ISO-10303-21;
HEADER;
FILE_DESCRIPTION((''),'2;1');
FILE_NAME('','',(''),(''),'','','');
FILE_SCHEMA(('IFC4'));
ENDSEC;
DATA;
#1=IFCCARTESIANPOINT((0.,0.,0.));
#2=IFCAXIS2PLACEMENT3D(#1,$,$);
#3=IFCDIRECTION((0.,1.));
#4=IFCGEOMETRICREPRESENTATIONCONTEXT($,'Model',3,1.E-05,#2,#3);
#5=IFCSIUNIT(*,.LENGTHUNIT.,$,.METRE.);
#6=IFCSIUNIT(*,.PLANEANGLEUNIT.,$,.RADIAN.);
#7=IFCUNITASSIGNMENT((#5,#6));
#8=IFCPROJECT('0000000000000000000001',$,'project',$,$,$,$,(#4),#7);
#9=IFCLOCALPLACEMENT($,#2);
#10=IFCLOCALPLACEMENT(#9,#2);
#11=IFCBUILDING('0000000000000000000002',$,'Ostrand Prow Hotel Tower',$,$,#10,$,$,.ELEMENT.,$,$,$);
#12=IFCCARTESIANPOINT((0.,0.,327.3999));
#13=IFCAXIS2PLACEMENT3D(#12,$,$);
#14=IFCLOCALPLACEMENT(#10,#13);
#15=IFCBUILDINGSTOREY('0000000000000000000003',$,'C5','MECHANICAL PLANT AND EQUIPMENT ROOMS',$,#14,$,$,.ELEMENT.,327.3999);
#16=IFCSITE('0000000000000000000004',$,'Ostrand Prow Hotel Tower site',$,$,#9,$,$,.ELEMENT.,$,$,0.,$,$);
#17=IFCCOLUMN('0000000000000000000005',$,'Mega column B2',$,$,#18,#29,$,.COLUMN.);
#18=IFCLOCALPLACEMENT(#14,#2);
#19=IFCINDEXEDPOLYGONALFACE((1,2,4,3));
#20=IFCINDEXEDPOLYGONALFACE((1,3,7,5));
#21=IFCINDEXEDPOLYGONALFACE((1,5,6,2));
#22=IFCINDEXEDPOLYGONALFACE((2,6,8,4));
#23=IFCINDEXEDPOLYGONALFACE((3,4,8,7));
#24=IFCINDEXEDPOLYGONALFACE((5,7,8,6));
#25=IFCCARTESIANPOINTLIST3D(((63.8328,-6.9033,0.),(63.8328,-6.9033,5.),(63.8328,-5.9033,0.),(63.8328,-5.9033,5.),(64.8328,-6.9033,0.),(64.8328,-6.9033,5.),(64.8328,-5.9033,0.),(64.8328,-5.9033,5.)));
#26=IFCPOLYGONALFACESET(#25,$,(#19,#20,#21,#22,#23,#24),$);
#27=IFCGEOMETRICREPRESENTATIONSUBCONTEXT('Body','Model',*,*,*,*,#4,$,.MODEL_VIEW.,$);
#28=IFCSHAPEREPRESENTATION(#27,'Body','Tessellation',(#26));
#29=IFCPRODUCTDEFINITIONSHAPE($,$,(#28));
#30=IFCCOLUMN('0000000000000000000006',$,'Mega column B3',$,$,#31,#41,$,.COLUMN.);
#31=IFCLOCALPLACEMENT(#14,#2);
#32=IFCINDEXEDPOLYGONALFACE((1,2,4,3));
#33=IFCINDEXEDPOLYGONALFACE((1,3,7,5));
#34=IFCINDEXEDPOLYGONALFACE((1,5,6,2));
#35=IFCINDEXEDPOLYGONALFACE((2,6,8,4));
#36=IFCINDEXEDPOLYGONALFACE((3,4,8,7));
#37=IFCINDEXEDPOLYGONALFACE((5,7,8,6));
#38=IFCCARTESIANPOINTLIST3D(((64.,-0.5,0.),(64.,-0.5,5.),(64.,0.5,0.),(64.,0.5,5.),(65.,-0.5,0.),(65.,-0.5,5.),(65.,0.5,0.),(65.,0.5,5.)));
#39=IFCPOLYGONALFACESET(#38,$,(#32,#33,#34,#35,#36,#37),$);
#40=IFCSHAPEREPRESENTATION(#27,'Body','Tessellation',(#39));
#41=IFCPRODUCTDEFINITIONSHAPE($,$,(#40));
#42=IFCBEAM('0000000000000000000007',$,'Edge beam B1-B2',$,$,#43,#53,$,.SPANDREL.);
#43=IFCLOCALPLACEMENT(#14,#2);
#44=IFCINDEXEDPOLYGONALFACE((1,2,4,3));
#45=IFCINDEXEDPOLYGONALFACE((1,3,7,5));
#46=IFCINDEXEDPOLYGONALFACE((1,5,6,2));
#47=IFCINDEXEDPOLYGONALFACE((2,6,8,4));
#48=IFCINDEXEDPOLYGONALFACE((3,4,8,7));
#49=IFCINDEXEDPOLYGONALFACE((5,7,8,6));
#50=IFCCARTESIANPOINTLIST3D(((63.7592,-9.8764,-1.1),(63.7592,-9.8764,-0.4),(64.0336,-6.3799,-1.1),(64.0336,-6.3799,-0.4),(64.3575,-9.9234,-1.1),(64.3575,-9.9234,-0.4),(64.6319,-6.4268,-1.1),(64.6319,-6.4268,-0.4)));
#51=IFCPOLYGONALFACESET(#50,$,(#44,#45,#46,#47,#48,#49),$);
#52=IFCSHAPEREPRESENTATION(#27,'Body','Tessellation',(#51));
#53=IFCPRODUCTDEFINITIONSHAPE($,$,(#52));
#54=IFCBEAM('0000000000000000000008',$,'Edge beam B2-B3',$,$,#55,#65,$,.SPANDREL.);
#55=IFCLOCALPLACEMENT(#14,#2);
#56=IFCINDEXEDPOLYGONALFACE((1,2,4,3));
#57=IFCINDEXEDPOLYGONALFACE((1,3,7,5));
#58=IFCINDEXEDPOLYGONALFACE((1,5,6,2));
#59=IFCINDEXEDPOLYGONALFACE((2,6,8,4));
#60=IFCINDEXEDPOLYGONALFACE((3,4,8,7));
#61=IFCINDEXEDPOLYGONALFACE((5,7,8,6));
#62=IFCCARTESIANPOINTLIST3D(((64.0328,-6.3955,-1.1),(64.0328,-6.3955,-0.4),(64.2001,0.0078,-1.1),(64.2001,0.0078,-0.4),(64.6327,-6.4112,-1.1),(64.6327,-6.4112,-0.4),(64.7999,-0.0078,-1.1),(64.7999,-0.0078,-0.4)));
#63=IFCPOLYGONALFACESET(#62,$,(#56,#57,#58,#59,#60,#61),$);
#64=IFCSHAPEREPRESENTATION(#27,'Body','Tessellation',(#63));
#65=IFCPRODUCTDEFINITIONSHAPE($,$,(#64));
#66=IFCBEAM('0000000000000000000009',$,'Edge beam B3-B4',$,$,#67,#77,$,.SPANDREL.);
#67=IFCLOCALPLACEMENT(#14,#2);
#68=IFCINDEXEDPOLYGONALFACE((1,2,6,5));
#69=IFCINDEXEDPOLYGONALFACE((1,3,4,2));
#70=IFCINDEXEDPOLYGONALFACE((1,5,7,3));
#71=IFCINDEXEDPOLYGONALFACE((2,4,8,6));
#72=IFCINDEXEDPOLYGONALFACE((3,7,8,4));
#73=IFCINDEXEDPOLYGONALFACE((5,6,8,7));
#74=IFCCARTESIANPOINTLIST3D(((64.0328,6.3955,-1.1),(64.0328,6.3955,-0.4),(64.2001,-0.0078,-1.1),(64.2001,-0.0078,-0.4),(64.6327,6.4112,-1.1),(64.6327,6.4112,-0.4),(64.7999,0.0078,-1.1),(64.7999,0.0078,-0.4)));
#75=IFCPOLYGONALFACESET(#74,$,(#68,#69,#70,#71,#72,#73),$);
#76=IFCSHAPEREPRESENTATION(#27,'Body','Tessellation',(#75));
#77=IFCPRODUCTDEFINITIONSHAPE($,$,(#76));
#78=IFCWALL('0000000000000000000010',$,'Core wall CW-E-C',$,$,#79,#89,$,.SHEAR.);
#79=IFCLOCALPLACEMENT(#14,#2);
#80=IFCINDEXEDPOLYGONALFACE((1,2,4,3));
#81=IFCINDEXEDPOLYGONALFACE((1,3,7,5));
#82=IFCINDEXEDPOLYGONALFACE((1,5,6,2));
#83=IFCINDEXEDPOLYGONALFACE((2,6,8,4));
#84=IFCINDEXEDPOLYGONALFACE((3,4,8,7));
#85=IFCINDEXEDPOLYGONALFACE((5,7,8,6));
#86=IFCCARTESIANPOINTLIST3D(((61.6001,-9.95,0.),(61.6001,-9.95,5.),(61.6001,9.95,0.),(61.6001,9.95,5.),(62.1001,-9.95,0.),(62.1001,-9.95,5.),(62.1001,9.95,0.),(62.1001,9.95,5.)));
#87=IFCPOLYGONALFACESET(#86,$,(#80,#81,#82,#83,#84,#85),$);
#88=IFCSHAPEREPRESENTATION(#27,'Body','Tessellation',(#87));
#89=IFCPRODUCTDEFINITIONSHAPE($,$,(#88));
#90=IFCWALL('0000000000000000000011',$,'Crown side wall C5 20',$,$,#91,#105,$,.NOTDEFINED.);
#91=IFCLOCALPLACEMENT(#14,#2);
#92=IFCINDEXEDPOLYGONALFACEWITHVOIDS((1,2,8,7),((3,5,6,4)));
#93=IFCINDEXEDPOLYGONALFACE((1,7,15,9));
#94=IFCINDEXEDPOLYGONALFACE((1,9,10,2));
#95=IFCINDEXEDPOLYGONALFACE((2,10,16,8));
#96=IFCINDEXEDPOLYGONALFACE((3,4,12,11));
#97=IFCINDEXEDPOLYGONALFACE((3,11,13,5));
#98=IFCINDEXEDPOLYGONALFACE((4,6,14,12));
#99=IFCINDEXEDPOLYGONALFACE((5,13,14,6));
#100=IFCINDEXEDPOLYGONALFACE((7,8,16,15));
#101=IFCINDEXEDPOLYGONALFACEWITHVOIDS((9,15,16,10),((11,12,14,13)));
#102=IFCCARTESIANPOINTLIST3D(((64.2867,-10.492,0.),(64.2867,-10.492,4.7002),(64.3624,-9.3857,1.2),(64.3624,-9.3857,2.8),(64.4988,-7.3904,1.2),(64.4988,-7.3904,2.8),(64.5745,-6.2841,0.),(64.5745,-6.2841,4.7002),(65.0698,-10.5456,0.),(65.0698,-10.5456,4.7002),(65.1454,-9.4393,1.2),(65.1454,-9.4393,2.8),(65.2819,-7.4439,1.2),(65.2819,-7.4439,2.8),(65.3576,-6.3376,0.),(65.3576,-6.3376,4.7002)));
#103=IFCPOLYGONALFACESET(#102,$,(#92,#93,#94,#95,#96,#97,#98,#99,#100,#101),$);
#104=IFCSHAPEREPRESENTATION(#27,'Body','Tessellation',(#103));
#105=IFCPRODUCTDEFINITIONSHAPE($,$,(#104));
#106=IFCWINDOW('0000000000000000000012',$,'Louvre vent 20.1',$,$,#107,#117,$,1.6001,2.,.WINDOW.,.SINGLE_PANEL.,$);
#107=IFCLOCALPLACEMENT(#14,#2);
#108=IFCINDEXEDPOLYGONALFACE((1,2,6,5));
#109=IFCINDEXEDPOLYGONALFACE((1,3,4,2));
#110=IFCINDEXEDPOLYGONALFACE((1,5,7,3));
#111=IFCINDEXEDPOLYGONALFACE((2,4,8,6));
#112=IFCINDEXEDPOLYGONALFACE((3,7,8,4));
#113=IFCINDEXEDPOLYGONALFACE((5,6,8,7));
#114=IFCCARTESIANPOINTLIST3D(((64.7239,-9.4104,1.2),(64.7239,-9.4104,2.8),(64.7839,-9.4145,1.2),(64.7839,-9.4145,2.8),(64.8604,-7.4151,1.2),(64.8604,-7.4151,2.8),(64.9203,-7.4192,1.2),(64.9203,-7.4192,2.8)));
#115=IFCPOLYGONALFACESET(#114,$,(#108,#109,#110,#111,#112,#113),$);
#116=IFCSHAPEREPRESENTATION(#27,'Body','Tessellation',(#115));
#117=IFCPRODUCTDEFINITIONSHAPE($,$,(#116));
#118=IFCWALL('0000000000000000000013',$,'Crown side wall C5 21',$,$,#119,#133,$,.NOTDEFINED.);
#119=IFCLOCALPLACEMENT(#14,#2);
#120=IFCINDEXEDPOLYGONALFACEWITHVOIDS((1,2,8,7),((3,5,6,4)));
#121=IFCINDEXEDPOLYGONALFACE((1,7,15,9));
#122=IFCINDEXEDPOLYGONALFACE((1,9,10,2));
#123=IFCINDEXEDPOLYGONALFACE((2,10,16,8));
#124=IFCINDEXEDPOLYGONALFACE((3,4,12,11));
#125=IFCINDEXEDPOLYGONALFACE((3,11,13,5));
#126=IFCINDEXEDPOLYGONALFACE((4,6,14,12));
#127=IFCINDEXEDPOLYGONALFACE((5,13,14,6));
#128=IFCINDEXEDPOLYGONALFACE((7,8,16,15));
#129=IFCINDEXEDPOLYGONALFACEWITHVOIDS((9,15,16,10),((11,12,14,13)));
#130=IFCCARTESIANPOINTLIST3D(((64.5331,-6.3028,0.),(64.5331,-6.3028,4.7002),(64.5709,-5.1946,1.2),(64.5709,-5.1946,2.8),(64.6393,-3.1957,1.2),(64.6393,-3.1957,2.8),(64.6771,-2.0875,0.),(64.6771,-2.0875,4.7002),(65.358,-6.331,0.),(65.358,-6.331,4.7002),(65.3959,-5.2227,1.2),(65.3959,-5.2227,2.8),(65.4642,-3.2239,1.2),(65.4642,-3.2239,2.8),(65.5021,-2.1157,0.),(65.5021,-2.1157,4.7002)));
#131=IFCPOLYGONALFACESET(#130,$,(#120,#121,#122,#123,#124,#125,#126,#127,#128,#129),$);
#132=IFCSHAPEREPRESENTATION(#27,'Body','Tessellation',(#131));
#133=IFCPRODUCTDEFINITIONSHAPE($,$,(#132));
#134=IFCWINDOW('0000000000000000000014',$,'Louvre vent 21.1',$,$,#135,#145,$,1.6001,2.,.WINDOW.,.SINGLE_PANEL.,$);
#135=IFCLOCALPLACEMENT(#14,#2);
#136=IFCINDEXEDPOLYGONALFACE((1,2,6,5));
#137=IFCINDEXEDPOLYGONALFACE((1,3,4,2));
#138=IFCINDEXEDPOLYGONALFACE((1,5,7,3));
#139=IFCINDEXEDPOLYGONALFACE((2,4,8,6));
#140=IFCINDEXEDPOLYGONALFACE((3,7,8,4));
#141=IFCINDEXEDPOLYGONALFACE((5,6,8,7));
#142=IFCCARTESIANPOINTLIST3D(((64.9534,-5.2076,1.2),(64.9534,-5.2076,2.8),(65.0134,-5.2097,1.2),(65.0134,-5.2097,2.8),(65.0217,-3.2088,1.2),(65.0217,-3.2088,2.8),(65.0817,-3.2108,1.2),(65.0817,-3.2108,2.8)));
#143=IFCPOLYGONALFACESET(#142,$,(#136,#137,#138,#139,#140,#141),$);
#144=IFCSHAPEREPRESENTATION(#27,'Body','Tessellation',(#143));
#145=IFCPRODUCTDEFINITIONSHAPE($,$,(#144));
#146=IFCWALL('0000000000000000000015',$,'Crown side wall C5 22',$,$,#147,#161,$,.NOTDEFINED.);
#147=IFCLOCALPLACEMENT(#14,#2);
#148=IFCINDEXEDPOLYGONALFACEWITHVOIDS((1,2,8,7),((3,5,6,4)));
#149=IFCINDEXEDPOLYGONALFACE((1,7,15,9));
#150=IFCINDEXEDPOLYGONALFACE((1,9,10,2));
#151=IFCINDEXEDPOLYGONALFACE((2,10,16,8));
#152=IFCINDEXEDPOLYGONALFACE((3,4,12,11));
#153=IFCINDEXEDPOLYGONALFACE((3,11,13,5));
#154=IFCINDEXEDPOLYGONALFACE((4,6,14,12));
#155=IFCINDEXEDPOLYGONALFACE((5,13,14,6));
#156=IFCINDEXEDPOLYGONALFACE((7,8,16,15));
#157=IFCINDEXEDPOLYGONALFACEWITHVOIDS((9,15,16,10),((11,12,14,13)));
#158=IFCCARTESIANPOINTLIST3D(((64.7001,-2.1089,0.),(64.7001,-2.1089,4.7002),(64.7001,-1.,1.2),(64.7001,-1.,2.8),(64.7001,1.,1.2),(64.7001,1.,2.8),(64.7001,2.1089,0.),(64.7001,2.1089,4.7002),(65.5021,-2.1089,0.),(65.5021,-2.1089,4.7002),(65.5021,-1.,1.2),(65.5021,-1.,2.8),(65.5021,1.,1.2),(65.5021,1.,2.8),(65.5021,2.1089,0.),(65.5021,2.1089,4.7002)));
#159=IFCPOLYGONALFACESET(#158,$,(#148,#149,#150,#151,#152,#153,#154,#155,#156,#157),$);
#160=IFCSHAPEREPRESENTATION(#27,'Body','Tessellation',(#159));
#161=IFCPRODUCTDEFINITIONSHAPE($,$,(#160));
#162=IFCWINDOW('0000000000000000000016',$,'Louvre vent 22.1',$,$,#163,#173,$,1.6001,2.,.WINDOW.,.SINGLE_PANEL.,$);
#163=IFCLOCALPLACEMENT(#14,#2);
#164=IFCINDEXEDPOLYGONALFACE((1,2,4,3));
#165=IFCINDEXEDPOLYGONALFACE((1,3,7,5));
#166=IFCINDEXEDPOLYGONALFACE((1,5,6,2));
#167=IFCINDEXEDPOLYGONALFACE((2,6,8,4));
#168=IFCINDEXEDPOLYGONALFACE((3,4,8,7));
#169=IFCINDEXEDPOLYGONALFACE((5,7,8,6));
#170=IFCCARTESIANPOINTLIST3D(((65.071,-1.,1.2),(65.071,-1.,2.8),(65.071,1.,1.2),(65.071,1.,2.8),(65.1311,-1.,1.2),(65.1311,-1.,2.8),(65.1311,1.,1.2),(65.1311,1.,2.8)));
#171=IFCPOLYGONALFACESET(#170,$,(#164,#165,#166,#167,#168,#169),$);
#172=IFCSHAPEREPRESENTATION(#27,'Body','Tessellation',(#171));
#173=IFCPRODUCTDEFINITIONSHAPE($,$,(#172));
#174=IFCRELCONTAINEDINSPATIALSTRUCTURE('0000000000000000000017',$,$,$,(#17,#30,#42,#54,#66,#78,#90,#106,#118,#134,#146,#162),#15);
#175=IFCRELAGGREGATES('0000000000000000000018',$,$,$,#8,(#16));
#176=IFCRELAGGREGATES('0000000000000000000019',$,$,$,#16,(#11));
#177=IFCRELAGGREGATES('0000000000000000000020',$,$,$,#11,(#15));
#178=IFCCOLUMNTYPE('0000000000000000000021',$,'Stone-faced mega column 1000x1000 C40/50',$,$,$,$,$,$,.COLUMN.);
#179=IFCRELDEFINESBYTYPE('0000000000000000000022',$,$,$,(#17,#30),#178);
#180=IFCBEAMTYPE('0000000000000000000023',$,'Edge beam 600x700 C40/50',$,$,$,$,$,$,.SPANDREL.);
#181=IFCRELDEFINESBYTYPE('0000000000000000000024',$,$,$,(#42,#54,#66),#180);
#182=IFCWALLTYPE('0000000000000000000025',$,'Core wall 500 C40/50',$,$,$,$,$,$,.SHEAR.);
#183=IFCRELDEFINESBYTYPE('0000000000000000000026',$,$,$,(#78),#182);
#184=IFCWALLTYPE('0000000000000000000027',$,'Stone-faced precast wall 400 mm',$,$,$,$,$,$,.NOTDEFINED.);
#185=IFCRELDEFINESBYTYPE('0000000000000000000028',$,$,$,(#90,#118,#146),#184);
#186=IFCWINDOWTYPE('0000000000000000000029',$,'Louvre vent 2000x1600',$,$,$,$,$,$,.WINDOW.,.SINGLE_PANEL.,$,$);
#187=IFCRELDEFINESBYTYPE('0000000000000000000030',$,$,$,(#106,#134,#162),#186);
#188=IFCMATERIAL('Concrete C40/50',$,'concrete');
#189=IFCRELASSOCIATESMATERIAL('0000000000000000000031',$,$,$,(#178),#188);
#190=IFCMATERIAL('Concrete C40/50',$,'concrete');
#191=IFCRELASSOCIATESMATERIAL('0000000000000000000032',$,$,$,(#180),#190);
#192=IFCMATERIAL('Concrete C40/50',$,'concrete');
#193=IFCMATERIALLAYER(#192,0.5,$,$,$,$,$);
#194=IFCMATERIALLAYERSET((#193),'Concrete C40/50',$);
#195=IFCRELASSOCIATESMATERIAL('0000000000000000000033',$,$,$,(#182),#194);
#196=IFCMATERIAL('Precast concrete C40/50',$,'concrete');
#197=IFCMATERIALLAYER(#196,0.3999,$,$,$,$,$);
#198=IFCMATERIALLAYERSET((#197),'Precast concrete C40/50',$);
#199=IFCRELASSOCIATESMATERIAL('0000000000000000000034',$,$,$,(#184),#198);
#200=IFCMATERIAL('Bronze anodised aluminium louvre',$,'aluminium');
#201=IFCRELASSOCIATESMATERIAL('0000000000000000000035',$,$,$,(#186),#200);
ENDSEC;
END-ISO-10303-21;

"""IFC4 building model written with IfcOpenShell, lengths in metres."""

from ifc_helpers import new_model, si_unit, direction, frame, frame_2d, origin, origin_2d, place, context, subcontext, project, spatial, rectangle, extrude, material, layer, layer_set, material_profile, profile_set, type_object, element, fill, save


model = new_model("IFC4")

# Units and contexts
model_context = context("Model", 3, precision=1e-05, world=origin(), true_north=direction((0.0, 1.0)))
body_context = subcontext(model_context, "Body", "Model", "MODEL_VIEW")
ifc_project = project(units=[si_unit("LENGTHUNIT", "METRE"), si_unit("PLANEANGLEUNIT", "RADIAN")], contexts=[model_context])

# Site, building, storey
site_placement = place(None, origin())
site = spatial("IfcSite", under=ifc_project, at=site_placement, Name="Ostrand Prow Hotel Tower site", CompositionType="ELEMENT", RefElevation=0.0)
building_placement = place(site_placement, origin())
building = spatial("IfcBuilding", under=site, at=building_placement, Name="Ostrand Prow Hotel Tower", CompositionType="ELEMENT")
storey_placement = place(building_placement, frame((0.0, 0.0, 327.3999)))
storey = spatial("IfcBuildingStorey", under=building, at=storey_placement, Name="C5", Description="MECHANICAL PLANT AND EQUIPMENT ROOMS", CompositionType="ELEMENT", Elevation=327.3999)

# Columns
ifc_material_1 = material(Name="Concrete C40/50", Category="concrete")
ifc_material_profile_1 = material_profile(ifc_material_1, rectangle(XDim=1.0, YDim=1.0, at=origin_2d()), Name="RC 1000x1000")
ifc_profile_set_1 = profile_set([ifc_material_profile_1], Name="Concrete C40/50")
column_type = type_object("IfcColumnType", Name="Stone-faced mega column 1000x1000 C40/50", PredefinedType="COLUMN", material=ifc_profile_set_1)
for number, where, z_axis, x_axis, name in (
    (1, (64.3328, -6.4033, 0.0), (0.0, 0.0, 1.0), (1.0, 0.0, 0.0), "Mega column B2"),
    (2, (64.5, 0.0, 0.0), (0.0, 0.0, 1.0), (1.0, 0.0, 0.0), "Mega column B3"),
):
    element("IfcColumn", number, at=place(storey_placement, frame(where, z_axis=z_axis, x_axis=x_axis)), inside=storey, type_object=column_type, Name=name, PredefinedType="COLUMN", context=body_context, shape_type="SweptSolid", body=[
        extrude(rectangle(XDim=1.0, YDim=1.0, at=origin_2d()), origin(), (0.0, 0.0, 1.0), 5.0),
    ])

# Beams
ifc_material_2 = material(Name="Concrete C40/50", Category="concrete")
ifc_material_profile_2 = material_profile(ifc_material_2, rectangle(XDim=0.6001, YDim=0.7, at=origin_2d()), Name="RC 600x700")
ifc_profile_set_2 = profile_set([ifc_material_profile_2], Name="Concrete C40/50")
beam_type = type_object("IfcBeamType", Name="Edge beam 600x700 C40/50", PredefinedType="SPANDREL", material=ifc_profile_set_2)
beam_placement = place(storey_placement, frame((64.0583, -9.8999, -0.75), z_axis=(0.07824, 0.996935, 0.0), x_axis=(-0.996935, 0.07824, 0.0)))
element("IfcBeam", 3, at=beam_placement, inside=storey, type_object=beam_type, Name="Edge beam B1-B2", PredefinedType="SPANDREL", context=body_context, shape_type="SweptSolid", body=[
    extrude(rectangle(XDim=0.6001, YDim=0.7, at=origin_2d()), origin(), (0.0, 0.0, 1.0), 3.5073),
])
for number, where, z_axis, x_axis, name in (
    (4, (64.3328, -6.4033, -0.75), (0.026108, 0.999659, 0.0), (-0.999659, 0.026108, 0.0), "Edge beam B2-B3"),
    (5, (64.5, 0.0, -0.75), (-0.026108, 0.999659, 0.0), (-0.999659, -0.026108, 0.0), "Edge beam B3-B4"),
):
    element("IfcBeam", number, at=place(storey_placement, frame(where, z_axis=z_axis, x_axis=x_axis)), inside=storey, type_object=beam_type, Name=name, PredefinedType="SPANDREL", context=body_context, shape_type="SweptSolid", body=[
        extrude(rectangle(XDim=0.6001, YDim=0.7, at=origin_2d()), origin(), (0.0, 0.0, 1.0), 6.4055),
    ])

# Wall
ifc_material_3 = material(Name="Concrete C40/50", Category="concrete")
ifc_layer_1 = layer(ifc_material_3, 0.5)
ifc_layer_set_1 = layer_set([ifc_layer_1], Name="Concrete C40/50")
wall_type_1 = type_object("IfcWallType", Name="Core wall 500 C40/50", PredefinedType="SHEAR", material=ifc_layer_set_1)
wall_1_placement = place(storey_placement, frame((61.8501, -9.95, 0.0), z_axis=(0.0, 0.0, 1.0), x_axis=(0.0, 1.0, 0.0)))
element("IfcWall", 6, at=wall_1_placement, inside=storey, type_object=wall_type_1, Name="Core wall CW-E-C", PredefinedType="SHEAR", context=body_context, shape_type="SweptSolid", body=[
    extrude(rectangle(XDim=19.8999, YDim=0.5, at=frame_2d((9.95, 0.0))), origin(), (0.0, 0.0, 1.0), 5.0),
])

# Walls, openings, windows
ifc_material_4 = material(Name="Precast concrete C40/50", Category="concrete")
ifc_layer_2 = layer(ifc_material_4, 0.3999)
ifc_layer_set_2 = layer_set([ifc_layer_2], Name="Precast concrete C40/50")
wall_type_2 = type_object("IfcWallType", Name="Stone-faced precast wall 400 mm", PredefinedType="NOTDEFINED", material=ifc_layer_set_2)
wall_2_placement = place(storey_placement, frame((64.6782, -10.5188, 0.0), z_axis=(0.0, 0.0, 1.0), x_axis=(0.068244, 0.997669, 0.0)))
wall_2 = element("IfcWall", 7, at=wall_2_placement, inside=storey, type_object=wall_type_2, Name="Crown side wall C5 20", PredefinedType="NOTDEFINED", context=body_context, shape_type="SweptSolid", body=[
    extrude(rectangle(XDim=4.2178, YDim=0.7849, at=frame_2d((2.1089, 0.0))), origin(), (0.0, 0.0, 1.0), 4.7002),
])
opening_1_placement = place(wall_2_placement, frame((1.1089, 0.0, 1.2)))
opening_1 = element("IfcOpeningElement", 8, at=opening_1_placement, cuts=wall_2, PredefinedType="OPENING", context=body_context, shape_type="SweptSolid", body=[
    extrude(rectangle(XDim=2.0, YDim=1.6001, at=frame_2d((1.0, 0.8))), frame((0.0, 0.4023, 0.0), z_axis=(0.0, -1.0, 0.0), x_axis=(1.0, 0.0, 0.0)), (0.0, 0.0, 1.0), 0.8049),
])
ifc_material_5 = material(Name="Bronze anodised aluminium louvre", Category="aluminium")
window_type = type_object("IfcWindowType", Name="Louvre vent 2000x1600", PartitioningType="SINGLE_PANEL", PredefinedType="WINDOW", material=ifc_material_5)
window_1_placement = place(opening_1_placement, origin())
window_1 = element("IfcWindow", 9, at=window_1_placement, inside=storey, type_object=window_type, Name="Louvre vent 20.1", OverallHeight=1.6001, OverallWidth=2.0, PartitioningType="SINGLE_PANEL", PredefinedType="WINDOW", context=body_context, shape_type="SweptSolid", body=[
    extrude(rectangle(XDim=2.0, YDim=1.6001, at=frame_2d((1.0, 0.8))), frame((0.0, 0.03, 0.0), z_axis=(0.0, -1.0, 0.0), x_axis=(1.0, 0.0, 0.0)), (0.0, 0.0, 1.0), 0.0601),
])
fill(opening_1, window_1)
wall_3_placement = place(storey_placement, frame((64.9456, -6.3169, 0.0), z_axis=(0.0, 0.0, 1.0), x_axis=(0.034151, 0.999417, 0.0)))
wall_3 = element("IfcWall", 10, at=wall_3_placement, inside=storey, type_object=wall_type_2, Name="Crown side wall C5 21", PredefinedType="NOTDEFINED", context=body_context, shape_type="SweptSolid", body=[
    extrude(rectangle(XDim=4.2178, YDim=0.8254, at=frame_2d((2.1089, 0.0))), origin(), (0.0, 0.0, 1.0), 4.7002),
])
opening_2_placement = place(wall_3_placement, frame((1.1089, 0.0, 1.2)))
opening_2 = element("IfcOpeningElement", 11, at=opening_2_placement, cuts=wall_3, PredefinedType="OPENING", context=body_context, shape_type="SweptSolid", body=[
    extrude(rectangle(XDim=2.0, YDim=1.6001, at=frame_2d((1.0, 0.8))), frame((0.0, 0.4226, 0.0), z_axis=(0.0, -1.0, 0.0), x_axis=(1.0, 0.0, 0.0)), (0.0, 0.0, 1.0), 0.8455),
])
window_2_placement = place(opening_2_placement, origin())
window_2 = element("IfcWindow", 12, at=window_2_placement, inside=storey, type_object=window_type, Name="Louvre vent 21.1", OverallHeight=1.6001, OverallWidth=2.0, PartitioningType="SINGLE_PANEL", PredefinedType="WINDOW", context=body_context, shape_type="SweptSolid", body=[
    extrude(rectangle(XDim=2.0, YDim=1.6001, at=frame_2d((1.0, 0.8))), frame((0.0, 0.03, 0.0), z_axis=(0.0, -1.0, 0.0), x_axis=(1.0, 0.0, 0.0)), (0.0, 0.0, 1.0), 0.0601),
])
fill(opening_2, window_2)
wall_4_placement = place(storey_placement, frame((65.1011, -2.1089, 0.0), z_axis=(0.0, 0.0, 1.0), x_axis=(0.0, 1.0, 0.0)))
wall_4 = element("IfcWall", 13, at=wall_4_placement, inside=storey, type_object=wall_type_2, Name="Crown side wall C5 22", PredefinedType="NOTDEFINED", context=body_context, shape_type="SweptSolid", body=[
    extrude(rectangle(XDim=4.2178, YDim=0.802, at=frame_2d((2.1089, 0.0))), origin(), (0.0, 0.0, 1.0), 4.7002),
])
opening_3_placement = place(wall_4_placement, frame((1.1089, 0.0, 1.2)))
opening_3 = element("IfcOpeningElement", 14, at=opening_3_placement, cuts=wall_4, PredefinedType="OPENING", context=body_context, shape_type="SweptSolid", body=[
    extrude(rectangle(XDim=2.0, YDim=1.6001, at=frame_2d((1.0, 0.8))), frame((0.0, 0.4109, 0.0), z_axis=(0.0, -1.0, 0.0), x_axis=(1.0, 0.0, 0.0)), (0.0, 0.0, 1.0), 0.822),
])
window_3_placement = place(opening_3_placement, origin())
window_3 = element("IfcWindow", 15, at=window_3_placement, inside=storey, type_object=window_type, Name="Louvre vent 22.1", OverallHeight=1.6001, OverallWidth=2.0, PartitioningType="SINGLE_PANEL", PredefinedType="WINDOW", context=body_context, shape_type="SweptSolid", body=[
    extrude(rectangle(XDim=2.0, YDim=1.6001, at=frame_2d((1.0, 0.8))), frame((0.0, 0.03, 0.0), z_axis=(0.0, -1.0, 0.0), x_axis=(1.0, 0.0, 0.0)), (0.0, 0.0, 1.0), 0.0601),
])
fill(opening_3, window_3)

save(model, "model.ifc")
